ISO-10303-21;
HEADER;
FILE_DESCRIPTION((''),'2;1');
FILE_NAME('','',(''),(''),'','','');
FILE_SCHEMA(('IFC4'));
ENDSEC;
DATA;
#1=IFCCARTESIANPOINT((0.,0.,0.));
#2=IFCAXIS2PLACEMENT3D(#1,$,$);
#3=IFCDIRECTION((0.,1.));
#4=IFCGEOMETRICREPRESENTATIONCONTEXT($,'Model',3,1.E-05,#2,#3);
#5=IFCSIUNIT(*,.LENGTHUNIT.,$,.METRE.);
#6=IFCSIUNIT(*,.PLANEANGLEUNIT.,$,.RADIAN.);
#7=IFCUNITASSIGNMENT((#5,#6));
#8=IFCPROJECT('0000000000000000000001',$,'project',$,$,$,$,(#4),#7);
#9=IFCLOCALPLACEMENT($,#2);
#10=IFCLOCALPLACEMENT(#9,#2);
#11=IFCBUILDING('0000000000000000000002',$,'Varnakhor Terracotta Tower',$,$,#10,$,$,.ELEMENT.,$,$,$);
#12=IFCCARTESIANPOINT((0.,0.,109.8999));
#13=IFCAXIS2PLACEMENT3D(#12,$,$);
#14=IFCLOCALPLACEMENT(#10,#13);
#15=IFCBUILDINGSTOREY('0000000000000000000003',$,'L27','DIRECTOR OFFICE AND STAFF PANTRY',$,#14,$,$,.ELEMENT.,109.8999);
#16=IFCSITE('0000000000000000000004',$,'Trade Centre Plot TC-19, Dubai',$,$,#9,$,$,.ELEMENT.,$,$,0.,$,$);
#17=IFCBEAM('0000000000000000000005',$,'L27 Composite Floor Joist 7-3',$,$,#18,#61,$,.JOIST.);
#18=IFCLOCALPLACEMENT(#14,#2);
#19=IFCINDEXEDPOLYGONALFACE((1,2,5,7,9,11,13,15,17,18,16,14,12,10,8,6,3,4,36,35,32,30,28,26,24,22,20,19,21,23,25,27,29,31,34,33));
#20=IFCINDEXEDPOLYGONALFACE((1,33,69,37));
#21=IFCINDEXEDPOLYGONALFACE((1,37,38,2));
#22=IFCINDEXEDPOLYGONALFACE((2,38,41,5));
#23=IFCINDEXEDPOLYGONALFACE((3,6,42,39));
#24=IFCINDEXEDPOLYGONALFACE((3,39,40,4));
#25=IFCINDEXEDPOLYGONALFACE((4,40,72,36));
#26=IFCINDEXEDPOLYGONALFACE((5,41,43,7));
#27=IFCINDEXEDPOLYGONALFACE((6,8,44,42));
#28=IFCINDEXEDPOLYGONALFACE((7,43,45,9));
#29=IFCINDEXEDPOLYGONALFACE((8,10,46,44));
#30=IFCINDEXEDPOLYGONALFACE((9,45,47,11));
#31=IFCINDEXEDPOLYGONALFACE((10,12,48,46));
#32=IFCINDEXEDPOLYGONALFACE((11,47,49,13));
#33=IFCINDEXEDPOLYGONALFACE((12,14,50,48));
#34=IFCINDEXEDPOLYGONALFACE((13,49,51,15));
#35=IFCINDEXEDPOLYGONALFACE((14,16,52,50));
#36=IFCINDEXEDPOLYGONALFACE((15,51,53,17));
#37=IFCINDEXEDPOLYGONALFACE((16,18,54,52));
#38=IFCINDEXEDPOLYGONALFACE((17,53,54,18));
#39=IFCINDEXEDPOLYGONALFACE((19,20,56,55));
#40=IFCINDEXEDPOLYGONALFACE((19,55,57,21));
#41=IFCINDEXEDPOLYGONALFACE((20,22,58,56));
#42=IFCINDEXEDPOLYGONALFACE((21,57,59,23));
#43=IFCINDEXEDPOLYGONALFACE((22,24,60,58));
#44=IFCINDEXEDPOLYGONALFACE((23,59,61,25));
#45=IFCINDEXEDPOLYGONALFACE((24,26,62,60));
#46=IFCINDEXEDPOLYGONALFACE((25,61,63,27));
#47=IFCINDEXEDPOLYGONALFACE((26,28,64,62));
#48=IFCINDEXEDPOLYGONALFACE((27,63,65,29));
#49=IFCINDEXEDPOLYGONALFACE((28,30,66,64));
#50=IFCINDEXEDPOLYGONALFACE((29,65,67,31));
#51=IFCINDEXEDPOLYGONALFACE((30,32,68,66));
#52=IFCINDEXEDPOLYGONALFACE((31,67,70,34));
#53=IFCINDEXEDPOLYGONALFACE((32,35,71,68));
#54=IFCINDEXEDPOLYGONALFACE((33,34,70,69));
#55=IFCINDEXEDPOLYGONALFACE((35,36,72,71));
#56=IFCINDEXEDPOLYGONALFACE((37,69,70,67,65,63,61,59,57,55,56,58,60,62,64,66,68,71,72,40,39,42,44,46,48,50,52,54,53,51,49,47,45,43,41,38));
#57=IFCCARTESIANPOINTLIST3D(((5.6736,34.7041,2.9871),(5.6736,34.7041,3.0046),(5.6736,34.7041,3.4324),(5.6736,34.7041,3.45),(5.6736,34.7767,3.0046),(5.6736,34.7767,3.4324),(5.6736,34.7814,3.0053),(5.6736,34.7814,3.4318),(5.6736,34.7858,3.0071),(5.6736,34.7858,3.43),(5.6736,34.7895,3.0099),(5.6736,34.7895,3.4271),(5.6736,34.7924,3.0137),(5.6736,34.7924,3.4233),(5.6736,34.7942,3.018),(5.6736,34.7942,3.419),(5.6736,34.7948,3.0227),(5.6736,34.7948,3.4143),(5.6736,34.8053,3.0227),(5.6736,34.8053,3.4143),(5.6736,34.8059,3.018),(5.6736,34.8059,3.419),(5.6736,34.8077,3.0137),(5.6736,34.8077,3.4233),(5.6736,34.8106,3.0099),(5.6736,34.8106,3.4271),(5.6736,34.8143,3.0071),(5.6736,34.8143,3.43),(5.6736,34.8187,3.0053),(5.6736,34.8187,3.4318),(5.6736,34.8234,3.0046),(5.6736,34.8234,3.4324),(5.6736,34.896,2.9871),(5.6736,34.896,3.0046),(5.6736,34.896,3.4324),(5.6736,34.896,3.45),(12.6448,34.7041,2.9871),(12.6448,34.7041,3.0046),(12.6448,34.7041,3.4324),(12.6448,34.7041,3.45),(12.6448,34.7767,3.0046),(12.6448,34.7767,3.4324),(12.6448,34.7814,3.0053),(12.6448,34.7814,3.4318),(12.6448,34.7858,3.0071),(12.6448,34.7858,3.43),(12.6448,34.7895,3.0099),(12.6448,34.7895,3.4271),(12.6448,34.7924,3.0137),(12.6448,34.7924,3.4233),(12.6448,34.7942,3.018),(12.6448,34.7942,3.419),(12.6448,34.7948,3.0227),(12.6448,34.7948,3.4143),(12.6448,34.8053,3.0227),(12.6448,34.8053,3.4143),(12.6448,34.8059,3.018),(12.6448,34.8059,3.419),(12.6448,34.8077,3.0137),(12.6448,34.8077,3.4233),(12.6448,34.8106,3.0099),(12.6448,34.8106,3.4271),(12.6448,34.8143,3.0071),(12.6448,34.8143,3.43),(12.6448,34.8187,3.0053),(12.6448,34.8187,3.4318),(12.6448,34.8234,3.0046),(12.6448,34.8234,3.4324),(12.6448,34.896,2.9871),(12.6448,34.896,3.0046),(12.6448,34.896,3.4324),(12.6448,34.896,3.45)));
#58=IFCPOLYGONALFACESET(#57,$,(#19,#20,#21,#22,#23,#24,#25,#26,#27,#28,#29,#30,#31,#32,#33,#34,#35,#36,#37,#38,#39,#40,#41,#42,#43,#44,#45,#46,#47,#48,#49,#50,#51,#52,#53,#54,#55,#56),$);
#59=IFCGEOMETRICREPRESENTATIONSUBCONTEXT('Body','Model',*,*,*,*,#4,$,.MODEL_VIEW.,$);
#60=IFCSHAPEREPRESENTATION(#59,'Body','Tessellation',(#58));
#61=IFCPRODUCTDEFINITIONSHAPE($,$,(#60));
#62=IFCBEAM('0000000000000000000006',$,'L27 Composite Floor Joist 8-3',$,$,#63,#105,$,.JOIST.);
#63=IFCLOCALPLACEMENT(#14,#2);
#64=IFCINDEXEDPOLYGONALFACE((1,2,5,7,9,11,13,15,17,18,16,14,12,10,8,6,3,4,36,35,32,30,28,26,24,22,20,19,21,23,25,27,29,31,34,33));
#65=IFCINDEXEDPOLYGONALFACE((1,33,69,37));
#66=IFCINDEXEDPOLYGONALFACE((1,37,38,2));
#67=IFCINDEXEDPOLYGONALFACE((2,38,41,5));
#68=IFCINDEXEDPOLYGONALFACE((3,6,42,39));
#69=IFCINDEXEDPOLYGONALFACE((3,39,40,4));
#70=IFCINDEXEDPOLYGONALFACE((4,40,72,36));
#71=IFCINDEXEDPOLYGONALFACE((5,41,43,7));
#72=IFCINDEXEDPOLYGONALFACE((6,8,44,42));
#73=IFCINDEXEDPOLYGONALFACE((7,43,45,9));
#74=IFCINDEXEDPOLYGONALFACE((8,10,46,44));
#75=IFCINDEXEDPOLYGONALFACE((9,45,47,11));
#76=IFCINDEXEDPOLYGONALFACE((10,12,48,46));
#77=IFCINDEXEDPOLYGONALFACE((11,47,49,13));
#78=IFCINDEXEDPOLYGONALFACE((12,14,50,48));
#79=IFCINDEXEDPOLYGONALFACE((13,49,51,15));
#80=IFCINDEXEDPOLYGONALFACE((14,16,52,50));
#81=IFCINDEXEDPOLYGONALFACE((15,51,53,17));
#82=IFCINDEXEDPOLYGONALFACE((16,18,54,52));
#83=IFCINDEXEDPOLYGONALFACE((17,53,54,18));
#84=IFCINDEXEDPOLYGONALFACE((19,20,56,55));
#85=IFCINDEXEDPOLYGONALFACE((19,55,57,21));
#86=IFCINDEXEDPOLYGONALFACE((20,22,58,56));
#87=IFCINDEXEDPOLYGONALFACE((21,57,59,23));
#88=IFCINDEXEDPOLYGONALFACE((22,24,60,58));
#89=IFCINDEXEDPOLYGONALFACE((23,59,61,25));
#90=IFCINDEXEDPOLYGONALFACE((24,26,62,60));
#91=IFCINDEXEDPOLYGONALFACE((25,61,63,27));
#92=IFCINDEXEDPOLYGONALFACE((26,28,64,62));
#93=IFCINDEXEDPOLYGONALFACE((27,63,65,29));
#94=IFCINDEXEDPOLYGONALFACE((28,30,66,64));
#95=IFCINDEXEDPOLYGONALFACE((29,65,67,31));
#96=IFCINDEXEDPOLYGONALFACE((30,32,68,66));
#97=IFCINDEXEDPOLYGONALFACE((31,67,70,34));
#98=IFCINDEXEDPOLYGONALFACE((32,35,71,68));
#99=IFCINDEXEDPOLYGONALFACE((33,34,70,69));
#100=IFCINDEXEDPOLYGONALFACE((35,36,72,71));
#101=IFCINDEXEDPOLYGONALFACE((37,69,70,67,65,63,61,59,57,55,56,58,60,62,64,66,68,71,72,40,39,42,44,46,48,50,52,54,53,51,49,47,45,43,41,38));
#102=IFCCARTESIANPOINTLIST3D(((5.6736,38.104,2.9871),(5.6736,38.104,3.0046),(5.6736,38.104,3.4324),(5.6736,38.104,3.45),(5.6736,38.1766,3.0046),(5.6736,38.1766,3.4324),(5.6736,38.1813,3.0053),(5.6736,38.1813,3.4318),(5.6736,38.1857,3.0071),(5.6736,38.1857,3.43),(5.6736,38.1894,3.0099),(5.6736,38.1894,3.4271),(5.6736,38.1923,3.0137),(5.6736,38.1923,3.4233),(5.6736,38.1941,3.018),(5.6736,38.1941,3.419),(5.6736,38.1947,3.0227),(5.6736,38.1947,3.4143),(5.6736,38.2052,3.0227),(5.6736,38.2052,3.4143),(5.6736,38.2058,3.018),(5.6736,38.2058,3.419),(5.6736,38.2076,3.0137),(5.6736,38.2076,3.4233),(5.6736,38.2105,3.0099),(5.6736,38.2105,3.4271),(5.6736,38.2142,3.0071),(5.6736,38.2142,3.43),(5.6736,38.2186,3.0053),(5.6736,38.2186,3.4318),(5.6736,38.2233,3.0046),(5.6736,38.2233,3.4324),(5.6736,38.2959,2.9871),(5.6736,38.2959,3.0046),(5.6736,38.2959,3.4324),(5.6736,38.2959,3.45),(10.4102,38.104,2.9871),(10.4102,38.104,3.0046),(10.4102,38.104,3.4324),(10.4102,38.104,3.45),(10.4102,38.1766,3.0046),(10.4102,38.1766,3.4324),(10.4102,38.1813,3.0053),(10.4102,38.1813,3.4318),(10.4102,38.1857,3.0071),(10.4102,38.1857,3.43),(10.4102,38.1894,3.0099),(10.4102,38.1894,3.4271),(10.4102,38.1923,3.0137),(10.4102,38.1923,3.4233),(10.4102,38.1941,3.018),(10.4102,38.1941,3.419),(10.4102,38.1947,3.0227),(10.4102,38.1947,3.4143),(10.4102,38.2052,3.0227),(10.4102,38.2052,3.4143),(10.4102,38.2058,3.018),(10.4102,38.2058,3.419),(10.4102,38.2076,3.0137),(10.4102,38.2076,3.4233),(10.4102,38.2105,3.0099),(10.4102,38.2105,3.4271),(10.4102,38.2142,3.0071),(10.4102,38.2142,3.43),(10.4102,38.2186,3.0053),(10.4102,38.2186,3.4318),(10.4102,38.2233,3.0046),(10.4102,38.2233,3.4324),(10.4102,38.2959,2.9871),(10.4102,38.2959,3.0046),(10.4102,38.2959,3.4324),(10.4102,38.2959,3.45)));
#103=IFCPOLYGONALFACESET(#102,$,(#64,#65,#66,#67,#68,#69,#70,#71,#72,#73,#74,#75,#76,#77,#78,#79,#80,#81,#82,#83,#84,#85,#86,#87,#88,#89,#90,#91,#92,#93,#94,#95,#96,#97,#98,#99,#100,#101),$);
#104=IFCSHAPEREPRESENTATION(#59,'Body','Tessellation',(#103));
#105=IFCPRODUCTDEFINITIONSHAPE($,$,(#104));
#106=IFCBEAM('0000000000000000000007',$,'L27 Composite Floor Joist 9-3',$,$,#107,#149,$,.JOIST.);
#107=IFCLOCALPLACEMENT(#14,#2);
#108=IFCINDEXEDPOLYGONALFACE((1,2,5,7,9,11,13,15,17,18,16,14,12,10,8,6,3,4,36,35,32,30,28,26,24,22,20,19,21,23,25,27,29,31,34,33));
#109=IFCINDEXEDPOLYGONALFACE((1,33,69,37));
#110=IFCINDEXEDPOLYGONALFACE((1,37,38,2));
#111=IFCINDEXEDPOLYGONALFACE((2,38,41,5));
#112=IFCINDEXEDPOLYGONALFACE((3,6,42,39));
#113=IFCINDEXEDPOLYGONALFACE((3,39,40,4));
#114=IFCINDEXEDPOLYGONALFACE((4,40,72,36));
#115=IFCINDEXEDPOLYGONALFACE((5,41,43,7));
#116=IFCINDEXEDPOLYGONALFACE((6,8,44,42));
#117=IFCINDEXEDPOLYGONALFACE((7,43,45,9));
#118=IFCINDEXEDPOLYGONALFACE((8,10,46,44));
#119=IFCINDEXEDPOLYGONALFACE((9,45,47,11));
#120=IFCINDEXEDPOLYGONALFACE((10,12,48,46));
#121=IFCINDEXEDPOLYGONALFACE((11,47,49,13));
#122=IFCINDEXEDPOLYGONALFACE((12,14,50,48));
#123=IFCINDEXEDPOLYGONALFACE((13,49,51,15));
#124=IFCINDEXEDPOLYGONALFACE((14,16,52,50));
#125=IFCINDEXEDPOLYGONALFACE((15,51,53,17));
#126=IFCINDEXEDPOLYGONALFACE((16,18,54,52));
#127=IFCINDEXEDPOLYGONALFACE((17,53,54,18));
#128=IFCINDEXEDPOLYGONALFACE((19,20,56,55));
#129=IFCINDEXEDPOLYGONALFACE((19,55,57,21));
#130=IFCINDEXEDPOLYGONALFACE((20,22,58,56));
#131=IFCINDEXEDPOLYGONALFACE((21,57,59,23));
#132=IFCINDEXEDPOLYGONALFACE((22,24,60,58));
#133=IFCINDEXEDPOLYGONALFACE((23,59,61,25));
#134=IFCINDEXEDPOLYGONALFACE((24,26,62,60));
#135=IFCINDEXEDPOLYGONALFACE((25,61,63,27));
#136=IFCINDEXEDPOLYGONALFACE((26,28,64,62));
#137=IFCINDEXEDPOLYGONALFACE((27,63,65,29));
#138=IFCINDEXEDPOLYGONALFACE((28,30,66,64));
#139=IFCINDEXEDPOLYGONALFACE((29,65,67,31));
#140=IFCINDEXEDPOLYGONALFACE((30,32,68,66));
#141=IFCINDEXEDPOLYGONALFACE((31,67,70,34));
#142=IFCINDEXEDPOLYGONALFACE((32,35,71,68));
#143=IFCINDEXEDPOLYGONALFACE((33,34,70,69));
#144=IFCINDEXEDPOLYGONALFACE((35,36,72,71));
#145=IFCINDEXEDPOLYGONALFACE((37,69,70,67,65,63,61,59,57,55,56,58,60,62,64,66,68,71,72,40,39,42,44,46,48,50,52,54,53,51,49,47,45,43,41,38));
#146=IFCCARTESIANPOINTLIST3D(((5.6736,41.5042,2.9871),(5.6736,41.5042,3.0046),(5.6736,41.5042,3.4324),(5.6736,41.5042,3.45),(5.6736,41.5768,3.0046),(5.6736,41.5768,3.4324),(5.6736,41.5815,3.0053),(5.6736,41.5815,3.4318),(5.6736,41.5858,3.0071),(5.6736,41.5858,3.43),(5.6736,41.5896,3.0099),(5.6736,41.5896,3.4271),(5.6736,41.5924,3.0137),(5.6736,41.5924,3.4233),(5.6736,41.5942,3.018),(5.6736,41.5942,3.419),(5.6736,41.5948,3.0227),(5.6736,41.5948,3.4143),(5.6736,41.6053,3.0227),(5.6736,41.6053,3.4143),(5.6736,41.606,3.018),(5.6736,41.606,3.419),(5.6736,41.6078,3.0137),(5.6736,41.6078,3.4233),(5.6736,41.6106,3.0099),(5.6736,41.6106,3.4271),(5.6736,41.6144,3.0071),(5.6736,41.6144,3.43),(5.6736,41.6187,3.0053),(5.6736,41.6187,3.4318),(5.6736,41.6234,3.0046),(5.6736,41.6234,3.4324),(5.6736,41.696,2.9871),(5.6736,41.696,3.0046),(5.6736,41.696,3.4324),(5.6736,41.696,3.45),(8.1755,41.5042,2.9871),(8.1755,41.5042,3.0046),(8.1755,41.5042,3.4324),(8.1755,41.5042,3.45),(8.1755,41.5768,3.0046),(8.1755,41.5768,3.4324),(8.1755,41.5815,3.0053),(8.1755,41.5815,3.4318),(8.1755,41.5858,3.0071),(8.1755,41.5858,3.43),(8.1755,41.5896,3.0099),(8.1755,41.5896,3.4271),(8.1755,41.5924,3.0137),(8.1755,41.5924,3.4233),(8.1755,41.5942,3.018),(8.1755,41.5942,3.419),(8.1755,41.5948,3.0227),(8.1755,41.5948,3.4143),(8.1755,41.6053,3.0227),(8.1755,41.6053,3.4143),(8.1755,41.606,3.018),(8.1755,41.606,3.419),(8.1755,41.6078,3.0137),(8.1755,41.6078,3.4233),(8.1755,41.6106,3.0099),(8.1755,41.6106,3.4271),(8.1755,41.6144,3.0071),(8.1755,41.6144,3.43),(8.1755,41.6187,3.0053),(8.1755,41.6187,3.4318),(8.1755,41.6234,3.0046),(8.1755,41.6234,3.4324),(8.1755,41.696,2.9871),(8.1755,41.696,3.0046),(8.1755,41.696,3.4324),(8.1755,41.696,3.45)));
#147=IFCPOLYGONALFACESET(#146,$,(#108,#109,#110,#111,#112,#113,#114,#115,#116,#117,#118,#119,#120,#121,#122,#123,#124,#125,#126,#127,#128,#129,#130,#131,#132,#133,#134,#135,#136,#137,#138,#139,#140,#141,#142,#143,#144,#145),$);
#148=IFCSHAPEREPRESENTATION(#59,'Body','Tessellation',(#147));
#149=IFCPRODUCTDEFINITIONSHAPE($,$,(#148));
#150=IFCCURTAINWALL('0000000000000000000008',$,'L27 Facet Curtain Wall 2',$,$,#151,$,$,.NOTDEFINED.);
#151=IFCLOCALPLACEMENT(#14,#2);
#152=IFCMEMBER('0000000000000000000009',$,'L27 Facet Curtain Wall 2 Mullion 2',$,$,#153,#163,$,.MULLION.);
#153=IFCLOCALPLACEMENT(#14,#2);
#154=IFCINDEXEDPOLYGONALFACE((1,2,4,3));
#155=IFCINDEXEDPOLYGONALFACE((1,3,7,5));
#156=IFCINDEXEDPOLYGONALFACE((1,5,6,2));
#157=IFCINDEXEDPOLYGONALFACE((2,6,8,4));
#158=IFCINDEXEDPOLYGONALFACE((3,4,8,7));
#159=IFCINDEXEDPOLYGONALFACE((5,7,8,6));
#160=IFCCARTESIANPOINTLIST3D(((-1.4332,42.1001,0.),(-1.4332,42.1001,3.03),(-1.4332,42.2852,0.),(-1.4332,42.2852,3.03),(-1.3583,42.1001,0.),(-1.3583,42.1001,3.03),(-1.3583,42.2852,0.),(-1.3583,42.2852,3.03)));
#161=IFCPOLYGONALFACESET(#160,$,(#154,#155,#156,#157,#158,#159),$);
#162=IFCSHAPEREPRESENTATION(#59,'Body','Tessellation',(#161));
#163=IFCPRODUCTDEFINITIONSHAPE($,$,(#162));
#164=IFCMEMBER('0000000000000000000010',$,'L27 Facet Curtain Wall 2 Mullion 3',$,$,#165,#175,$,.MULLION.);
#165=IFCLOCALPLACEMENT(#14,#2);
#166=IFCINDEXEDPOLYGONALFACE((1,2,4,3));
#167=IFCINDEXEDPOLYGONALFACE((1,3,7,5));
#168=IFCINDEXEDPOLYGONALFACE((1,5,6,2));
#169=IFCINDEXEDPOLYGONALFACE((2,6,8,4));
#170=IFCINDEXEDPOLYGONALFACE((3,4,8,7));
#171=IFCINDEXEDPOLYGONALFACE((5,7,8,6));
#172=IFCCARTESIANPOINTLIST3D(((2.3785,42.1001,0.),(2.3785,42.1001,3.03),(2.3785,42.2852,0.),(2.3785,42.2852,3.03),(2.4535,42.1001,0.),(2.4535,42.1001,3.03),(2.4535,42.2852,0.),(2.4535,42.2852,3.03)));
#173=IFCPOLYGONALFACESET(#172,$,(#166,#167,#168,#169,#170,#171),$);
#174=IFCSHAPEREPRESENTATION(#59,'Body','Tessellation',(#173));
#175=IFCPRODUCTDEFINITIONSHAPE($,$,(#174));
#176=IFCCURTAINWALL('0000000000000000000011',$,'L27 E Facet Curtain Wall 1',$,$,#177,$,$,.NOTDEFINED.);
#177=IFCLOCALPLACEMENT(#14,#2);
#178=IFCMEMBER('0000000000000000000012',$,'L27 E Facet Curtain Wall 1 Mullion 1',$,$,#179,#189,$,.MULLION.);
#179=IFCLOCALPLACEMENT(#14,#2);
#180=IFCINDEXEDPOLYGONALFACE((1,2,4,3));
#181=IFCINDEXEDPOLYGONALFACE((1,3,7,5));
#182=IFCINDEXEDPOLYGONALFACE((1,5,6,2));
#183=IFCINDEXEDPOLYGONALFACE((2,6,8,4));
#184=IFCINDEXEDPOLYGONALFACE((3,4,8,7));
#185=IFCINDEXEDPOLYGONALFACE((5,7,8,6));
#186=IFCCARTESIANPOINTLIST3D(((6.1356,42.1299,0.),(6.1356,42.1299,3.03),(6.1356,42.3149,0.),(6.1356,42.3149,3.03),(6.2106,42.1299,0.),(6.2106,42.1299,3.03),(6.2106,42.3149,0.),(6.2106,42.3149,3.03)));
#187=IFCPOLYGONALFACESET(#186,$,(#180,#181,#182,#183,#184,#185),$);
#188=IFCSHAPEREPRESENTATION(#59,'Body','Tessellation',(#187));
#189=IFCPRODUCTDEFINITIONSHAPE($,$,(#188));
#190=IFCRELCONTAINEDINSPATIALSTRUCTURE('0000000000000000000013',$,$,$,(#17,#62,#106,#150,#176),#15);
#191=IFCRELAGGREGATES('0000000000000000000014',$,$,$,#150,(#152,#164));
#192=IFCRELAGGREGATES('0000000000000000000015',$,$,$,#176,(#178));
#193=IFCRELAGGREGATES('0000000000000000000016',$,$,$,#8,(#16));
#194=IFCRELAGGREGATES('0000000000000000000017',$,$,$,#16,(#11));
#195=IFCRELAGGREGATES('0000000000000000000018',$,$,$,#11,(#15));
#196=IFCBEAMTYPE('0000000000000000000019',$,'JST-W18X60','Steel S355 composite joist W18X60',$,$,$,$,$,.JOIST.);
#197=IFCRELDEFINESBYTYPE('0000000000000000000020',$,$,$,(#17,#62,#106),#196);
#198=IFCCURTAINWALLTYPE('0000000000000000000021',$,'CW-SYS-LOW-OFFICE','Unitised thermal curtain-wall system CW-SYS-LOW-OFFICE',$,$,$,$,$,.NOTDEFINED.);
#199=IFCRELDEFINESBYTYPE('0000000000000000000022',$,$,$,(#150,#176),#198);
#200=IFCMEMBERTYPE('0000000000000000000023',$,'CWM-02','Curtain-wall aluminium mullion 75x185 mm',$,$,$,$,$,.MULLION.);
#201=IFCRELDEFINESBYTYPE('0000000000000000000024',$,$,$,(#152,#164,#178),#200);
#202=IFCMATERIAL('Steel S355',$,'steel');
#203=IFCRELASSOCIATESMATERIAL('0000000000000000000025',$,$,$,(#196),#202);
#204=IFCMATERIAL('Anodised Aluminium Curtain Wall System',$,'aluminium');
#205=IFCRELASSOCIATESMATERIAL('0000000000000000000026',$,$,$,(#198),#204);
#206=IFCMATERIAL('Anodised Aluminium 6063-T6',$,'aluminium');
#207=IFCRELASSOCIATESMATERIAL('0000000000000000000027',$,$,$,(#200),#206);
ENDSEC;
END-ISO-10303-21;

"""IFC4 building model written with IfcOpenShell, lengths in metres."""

from ifc_helpers import new_model, si_unit, direction, frame, origin, origin_2d, place, context, subcontext, project, spatial, rectangle, i_section, extrude, source, transform, mapped, material, material_profile, profile_set, type_object, type_shapes, element, aggregate, save


model = new_model("IFC4")

# Units and contexts
model_context = context("Model", 3, precision=1e-05, world=origin(), true_north=direction((0.0, 1.0)))
body_context = subcontext(model_context, "Body", "Model", "MODEL_VIEW")
ifc_project = project(units=[si_unit("LENGTHUNIT", "METRE"), si_unit("PLANEANGLEUNIT", "RADIAN")], contexts=[model_context])

# Site, building, storey
site_placement = place(None, origin())
site = spatial("IfcSite", under=ifc_project, at=site_placement, Name="Trade Centre Plot TC-19, Dubai", CompositionType="ELEMENT", RefElevation=0.0)
building_placement = place(site_placement, origin())
building = spatial("IfcBuilding", under=site, at=building_placement, Name="Varnakhor Terracotta Tower", CompositionType="ELEMENT")
storey_placement = place(building_placement, frame((0.0, 0.0, 109.8999)))
storey = spatial("IfcBuildingStorey", under=building, at=storey_placement, Name="L27", Description="DIRECTOR OFFICE AND STAFF PANTRY", CompositionType="ELEMENT", Elevation=109.8999)

# Beams
ifc_material_1 = material(Name="Steel S355", Category="steel")
ifc_material_profile_1 = material_profile(ifc_material_1, i_section(OverallWidth=0.1919, OverallDepth=0.4629, WebThickness=0.0105, FlangeThickness=0.0176, FilletRadius=0.0181, at=origin_2d()), Name="W18X60")
ifc_profile_set_1 = profile_set([ifc_material_profile_1], Name="Steel S355")
beam_type_1 = type_object("IfcBeamType", Name="JST-W18X60", Description="Steel S355 composite joist W18X60", PredefinedType="JOIST", material=ifc_profile_set_1)
shared_shape_1 = source(origin(), body_context, "Body", "SweptSolid", [
    extrude(i_section(OverallWidth=0.1919, OverallDepth=0.4629, WebThickness=0.0105, FlangeThickness=0.0176, FilletRadius=0.0181, at=origin_2d()), origin(), (0.0, 0.0, 1.0), 6.9712),
])
beam_1_placement = place(storey_placement, frame((5.6736, 34.8, 3.2185), z_axis=(1.0, 0.0, 0.0), x_axis=(0.0, 1.0, 0.0)))
element("IfcBeam", 1, at=beam_1_placement, inside=storey, type_object=beam_type_1, Name="L27 Composite Floor Joist 7-3", PredefinedType="JOIST", context=body_context, shape_type="MappedRepresentation", body=[
    mapped(shared_shape_1, transform((0.0, 0.0, 0.0), scale=1.0)),
])
shared_shape_2 = source(origin(), body_context, "Body", "SweptSolid", [
    extrude(i_section(OverallWidth=0.1919, OverallDepth=0.4629, WebThickness=0.0105, FlangeThickness=0.0176, FilletRadius=0.0181, at=origin_2d()), origin(), (0.0, 0.0, 1.0), 4.7366),
])
beam_2_placement = place(storey_placement, frame((5.6736, 38.2, 3.2185), z_axis=(1.0, 0.0, 0.0), x_axis=(0.0, 1.0, 0.0)))
element("IfcBeam", 2, at=beam_2_placement, inside=storey, type_object=beam_type_1, Name="L27 Composite Floor Joist 8-3", PredefinedType="JOIST", context=body_context, shape_type="MappedRepresentation", body=[
    mapped(shared_shape_2, transform((0.0, 0.0, 0.0), scale=1.0)),
])
shared_shape_3 = source(origin(), body_context, "Body", "SweptSolid", [
    extrude(i_section(OverallWidth=0.1919, OverallDepth=0.4629, WebThickness=0.0105, FlangeThickness=0.0176, FilletRadius=0.0181, at=origin_2d()), origin(), (0.0, 0.0, 1.0), 2.502),
])
beam_3_placement = place(storey_placement, frame((5.6736, 41.6001, 3.2185), z_axis=(1.0, 0.0, 0.0), x_axis=(0.0, 1.0, 0.0)))
element("IfcBeam", 3, at=beam_3_placement, inside=storey, type_object=beam_type_1, Name="L27 Composite Floor Joist 9-3", PredefinedType="JOIST", context=body_context, shape_type="MappedRepresentation", body=[
    mapped(shared_shape_3, transform((0.0, 0.0, 0.0), scale=1.0)),
])

# Curtain walls, members
ifc_material_2 = material(Name="Anodised Aluminium Curtain Wall System", Category="aluminium")
curtain_wall_type = type_object("IfcCurtainWallType", Name="CW-SYS-LOW-OFFICE", Description="Unitised thermal curtain-wall system CW-SYS-LOW-OFFICE", PredefinedType="NOTDEFINED", material=ifc_material_2)
curtain_wall_1_placement = place(storey_placement, origin())
curtain_wall_1 = element("IfcCurtainWall", 4, at=curtain_wall_1_placement, inside=storey, type_object=curtain_wall_type, Name="L27 Facet Curtain Wall 2", PredefinedType="NOTDEFINED")
ifc_material_3 = material(Name="Anodised Aluminium 6063-T6", Category="aluminium")
ifc_material_profile_2 = material_profile(ifc_material_3, rectangle(XDim=0.075, YDim=0.1851, at=origin_2d()), Name="ALU MULLION 75x185")
ifc_profile_set_2 = profile_set([ifc_material_profile_2], Name="Anodised Aluminium 6063-T6")
member_type_1 = type_object("IfcMemberType", Name="CWM-02", Description="Curtain-wall aluminium mullion 75x185 mm", PredefinedType="MULLION", material=ifc_profile_set_2)
shared_shape_4 = source(origin(), body_context, "Body", "SweptSolid", [
    extrude(rectangle(XDim=0.075, YDim=0.1851, at=origin_2d()), origin(), (0.0, 0.0, 1.0), 3.03),
])
type_shapes(member_type_1, [shared_shape_4])
member_1_placement = place(storey_placement, frame((-1.3958, 42.1926, 0.0), z_axis=(0.0, 0.0, 1.0), x_axis=(1.0, 0.0, 0.0)))
member_1 = element("IfcMember", 5, at=member_1_placement, type_object=member_type_1, Name="L27 Facet Curtain Wall 2 Mullion 2", PredefinedType="MULLION", context=body_context, shape_type="MappedRepresentation", body=[
    mapped(shared_shape_4, transform((0.0, 0.0, 0.0), scale=1.0)),
])
member_2_placement = place(storey_placement, frame((2.416, 42.1926, 0.0), z_axis=(0.0, 0.0, 1.0), x_axis=(1.0, 0.0, 0.0)))
member_2 = element("IfcMember", 6, at=member_2_placement, type_object=member_type_1, Name="L27 Facet Curtain Wall 2 Mullion 3", PredefinedType="MULLION", context=body_context, shape_type="MappedRepresentation", body=[
    mapped(shared_shape_4, transform((0.0, 0.0, 0.0), scale=1.0)),
])
curtain_wall_2_placement = place(storey_placement, origin())
curtain_wall_2 = element("IfcCurtainWall", 7, at=curtain_wall_2_placement, inside=storey, type_object=curtain_wall_type, Name="L27 E Facet Curtain Wall 1", PredefinedType="NOTDEFINED")
member_3_placement = place(storey_placement, frame((6.1731, 42.2224, 0.0), z_axis=(0.0, 0.0, 1.0), x_axis=(1.0, 0.0, 0.0)))
member_3 = element("IfcMember", 8, at=member_3_placement, type_object=member_type_1, Name="L27 E Facet Curtain Wall 1 Mullion 1", PredefinedType="MULLION", context=body_context, shape_type="MappedRepresentation", body=[
    mapped(shared_shape_4, transform((0.0, 0.0, 0.0), scale=1.0)),
])

aggregate(curtain_wall_1, [member_1, member_2])
aggregate(curtain_wall_2, [member_3])

save(model, "model.ifc")
